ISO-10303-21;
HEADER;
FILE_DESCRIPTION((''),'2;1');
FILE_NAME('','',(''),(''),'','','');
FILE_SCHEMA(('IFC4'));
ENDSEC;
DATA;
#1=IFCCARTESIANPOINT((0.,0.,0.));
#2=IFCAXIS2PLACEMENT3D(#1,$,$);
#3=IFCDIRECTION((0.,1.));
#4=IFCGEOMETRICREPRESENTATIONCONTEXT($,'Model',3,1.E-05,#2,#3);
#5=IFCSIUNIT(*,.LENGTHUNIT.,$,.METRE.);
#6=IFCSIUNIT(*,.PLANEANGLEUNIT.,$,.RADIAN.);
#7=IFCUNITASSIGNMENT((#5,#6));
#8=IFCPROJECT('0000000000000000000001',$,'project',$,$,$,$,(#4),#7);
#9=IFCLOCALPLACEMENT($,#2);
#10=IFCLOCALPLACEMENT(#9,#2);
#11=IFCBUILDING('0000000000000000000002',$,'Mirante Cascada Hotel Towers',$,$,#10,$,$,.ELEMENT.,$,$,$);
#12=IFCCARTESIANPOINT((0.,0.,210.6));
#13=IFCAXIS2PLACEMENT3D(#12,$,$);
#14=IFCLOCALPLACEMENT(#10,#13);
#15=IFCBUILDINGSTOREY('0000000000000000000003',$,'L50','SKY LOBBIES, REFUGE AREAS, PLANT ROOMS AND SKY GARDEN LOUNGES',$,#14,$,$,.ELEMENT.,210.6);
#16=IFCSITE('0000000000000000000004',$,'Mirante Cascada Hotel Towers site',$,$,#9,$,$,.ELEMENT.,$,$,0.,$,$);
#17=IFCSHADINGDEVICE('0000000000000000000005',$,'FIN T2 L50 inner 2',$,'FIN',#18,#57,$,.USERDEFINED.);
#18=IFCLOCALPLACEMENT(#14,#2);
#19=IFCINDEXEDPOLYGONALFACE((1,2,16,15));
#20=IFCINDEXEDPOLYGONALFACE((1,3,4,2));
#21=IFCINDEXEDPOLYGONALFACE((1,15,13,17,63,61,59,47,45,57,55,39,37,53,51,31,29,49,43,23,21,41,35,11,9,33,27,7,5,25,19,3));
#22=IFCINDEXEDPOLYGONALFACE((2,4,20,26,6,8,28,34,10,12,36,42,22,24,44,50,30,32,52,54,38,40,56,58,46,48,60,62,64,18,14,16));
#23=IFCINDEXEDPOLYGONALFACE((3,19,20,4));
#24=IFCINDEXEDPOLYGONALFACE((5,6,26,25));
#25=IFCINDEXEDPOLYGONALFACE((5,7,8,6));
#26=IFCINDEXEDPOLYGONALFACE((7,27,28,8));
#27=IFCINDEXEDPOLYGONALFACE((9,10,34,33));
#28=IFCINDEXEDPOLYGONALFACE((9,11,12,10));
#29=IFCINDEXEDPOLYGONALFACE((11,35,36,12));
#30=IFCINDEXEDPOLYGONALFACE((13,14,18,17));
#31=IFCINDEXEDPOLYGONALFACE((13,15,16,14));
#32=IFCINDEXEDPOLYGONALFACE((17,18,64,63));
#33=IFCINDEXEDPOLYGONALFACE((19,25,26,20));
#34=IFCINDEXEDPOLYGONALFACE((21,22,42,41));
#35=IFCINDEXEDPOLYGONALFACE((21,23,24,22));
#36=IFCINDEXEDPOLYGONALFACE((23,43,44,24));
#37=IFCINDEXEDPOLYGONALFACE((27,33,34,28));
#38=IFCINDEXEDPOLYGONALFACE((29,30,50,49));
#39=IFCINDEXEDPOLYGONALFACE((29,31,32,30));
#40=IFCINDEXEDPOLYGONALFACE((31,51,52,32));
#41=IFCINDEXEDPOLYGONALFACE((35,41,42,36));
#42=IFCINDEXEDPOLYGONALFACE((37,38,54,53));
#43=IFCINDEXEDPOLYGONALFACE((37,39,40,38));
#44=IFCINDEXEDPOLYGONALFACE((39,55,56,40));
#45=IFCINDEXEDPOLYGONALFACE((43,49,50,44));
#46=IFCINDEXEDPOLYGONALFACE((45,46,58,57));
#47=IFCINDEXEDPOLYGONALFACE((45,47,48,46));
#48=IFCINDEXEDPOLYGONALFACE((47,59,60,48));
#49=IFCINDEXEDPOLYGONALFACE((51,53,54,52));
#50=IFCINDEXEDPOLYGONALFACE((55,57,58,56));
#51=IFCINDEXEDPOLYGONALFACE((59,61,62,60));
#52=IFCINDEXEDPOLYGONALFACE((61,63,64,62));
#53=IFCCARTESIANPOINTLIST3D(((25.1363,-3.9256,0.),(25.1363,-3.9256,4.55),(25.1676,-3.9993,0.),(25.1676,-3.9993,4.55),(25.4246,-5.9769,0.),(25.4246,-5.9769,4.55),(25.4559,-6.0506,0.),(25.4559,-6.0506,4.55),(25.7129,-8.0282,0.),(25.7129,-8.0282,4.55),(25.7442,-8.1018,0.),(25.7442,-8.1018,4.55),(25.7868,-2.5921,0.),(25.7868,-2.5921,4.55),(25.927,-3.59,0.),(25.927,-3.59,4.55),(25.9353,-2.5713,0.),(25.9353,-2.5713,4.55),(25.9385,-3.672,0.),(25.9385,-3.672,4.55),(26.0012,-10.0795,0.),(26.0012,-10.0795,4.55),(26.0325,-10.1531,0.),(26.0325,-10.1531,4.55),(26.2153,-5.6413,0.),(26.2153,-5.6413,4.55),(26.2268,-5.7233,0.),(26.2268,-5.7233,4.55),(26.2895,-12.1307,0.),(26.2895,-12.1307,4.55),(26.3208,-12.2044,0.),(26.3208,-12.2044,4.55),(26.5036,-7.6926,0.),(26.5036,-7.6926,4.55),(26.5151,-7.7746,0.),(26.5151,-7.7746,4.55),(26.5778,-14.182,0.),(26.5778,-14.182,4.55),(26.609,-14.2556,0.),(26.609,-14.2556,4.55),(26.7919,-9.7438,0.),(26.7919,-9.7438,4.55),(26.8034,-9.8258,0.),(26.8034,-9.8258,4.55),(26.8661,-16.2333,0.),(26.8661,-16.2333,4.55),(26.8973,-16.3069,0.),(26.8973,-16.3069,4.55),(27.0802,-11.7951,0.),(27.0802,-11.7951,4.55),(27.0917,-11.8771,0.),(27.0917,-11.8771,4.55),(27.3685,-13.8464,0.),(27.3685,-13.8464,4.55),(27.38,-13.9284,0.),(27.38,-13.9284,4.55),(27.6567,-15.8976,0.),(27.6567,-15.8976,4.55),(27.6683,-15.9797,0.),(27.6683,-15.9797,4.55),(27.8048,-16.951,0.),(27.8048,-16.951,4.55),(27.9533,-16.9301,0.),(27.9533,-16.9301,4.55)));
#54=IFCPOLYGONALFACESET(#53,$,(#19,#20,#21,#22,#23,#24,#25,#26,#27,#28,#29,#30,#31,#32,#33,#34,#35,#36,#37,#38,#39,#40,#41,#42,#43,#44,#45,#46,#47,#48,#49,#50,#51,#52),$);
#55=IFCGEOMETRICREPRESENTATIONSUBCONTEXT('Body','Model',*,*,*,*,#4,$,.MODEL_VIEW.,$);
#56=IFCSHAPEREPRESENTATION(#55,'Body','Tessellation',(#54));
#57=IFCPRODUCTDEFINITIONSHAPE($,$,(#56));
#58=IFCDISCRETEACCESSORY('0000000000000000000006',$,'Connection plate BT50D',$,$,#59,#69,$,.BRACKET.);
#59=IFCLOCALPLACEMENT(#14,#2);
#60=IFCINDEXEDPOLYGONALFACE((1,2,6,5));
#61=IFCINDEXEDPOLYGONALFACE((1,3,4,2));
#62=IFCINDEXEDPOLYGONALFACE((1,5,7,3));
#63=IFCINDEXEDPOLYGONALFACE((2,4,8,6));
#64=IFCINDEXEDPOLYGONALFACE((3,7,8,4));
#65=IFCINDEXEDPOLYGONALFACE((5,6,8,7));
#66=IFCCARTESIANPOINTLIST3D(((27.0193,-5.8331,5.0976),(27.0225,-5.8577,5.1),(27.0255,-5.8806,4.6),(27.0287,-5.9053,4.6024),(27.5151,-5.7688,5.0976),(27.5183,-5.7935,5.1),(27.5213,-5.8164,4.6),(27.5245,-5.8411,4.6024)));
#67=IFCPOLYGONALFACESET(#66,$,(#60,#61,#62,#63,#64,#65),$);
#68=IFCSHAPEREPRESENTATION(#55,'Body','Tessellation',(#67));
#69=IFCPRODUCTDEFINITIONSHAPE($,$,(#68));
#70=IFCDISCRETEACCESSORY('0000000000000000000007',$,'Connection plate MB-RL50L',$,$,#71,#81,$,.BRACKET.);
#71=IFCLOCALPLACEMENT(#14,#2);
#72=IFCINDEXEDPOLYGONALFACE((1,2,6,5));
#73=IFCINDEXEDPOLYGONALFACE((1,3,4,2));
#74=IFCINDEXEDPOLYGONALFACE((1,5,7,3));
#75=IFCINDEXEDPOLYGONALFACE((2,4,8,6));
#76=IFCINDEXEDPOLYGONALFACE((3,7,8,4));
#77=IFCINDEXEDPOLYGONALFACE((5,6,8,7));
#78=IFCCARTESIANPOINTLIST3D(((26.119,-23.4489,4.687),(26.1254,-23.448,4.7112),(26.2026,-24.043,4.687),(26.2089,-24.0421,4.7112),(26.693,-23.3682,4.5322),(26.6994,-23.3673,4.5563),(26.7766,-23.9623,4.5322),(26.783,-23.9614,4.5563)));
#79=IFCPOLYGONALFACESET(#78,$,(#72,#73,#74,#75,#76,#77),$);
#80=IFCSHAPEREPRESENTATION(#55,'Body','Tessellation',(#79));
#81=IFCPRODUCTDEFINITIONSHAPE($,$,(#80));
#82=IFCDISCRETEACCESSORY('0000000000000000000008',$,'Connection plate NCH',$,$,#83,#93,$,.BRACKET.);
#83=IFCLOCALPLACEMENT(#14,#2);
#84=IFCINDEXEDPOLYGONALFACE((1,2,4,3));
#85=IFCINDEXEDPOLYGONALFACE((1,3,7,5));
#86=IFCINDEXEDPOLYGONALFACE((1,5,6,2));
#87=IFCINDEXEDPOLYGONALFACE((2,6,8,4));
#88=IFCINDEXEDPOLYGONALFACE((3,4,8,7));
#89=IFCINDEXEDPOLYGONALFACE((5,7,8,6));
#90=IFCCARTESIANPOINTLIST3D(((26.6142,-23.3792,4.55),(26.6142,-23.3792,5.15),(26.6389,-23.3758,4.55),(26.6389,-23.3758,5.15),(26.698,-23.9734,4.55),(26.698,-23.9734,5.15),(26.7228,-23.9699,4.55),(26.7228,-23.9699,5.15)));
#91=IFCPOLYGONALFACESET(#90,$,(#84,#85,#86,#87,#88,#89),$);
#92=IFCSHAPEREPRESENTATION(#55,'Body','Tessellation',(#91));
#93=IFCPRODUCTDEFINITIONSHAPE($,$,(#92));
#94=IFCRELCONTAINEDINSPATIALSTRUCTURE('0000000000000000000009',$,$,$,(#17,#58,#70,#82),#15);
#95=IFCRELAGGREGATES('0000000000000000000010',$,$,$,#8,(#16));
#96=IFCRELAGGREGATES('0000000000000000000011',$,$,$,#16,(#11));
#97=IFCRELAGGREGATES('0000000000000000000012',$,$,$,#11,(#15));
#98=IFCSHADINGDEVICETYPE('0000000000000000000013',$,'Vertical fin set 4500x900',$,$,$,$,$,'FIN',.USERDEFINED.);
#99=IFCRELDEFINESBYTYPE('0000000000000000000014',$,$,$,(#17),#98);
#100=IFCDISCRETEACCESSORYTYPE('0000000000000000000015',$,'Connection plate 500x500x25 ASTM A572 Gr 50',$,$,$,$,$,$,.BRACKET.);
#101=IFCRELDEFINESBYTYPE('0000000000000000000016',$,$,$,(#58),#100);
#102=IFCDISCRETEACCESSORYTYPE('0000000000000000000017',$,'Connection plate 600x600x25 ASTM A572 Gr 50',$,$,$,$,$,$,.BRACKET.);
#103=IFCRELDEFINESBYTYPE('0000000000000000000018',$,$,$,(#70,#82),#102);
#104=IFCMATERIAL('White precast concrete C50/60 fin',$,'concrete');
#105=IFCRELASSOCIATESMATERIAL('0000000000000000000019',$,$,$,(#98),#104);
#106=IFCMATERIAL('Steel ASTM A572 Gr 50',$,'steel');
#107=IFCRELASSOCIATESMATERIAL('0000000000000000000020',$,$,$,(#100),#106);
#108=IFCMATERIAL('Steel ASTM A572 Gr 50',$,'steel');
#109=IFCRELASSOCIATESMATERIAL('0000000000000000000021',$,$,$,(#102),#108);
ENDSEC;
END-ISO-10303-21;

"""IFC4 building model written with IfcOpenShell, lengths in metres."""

from ifc_helpers import new_model, si_unit, direction, frame, origin, origin_2d, place, context, subcontext, project, spatial, polyline, rectangle, outline, extrude, material, material_profile, profile_set, type_object, element, save


model = new_model("IFC4")

# Units and contexts
model_context = context("Model", 3, precision=1e-05, world=origin(), true_north=direction((0.0, 1.0)))
body_context = subcontext(model_context, "Body", "Model", "MODEL_VIEW")
ifc_project = project(units=[si_unit("LENGTHUNIT", "METRE"), si_unit("PLANEANGLEUNIT", "RADIAN")], contexts=[model_context])

# Site, building, storey
site_placement = place(None, origin())
site = spatial("IfcSite", under=ifc_project, at=site_placement, Name="Mirante Cascada Hotel Towers site", CompositionType="ELEMENT", RefElevation=0.0)
building_placement = place(site_placement, origin())
building = spatial("IfcBuilding", under=site, at=building_placement, Name="Mirante Cascada Hotel Towers", CompositionType="ELEMENT")
storey_placement = place(building_placement, frame((0.0, 0.0, 210.6)))
storey = spatial("IfcBuildingStorey", under=building, at=storey_placement, Name="L50", Description="SKY LOBBIES, REFUGE AREAS, PLANT ROOMS AND SKY GARDEN LOUNGES", CompositionType="ELEMENT", Elevation=210.6)

# Shading device
ifc_material_1 = material(Name="White precast concrete C50/60 fin", Category="concrete")
shading_device_type = type_object("IfcShadingDeviceType", Name="Vertical fin set 4500x900", ElementType="FIN", PredefinedType="USERDEFINED", material=ifc_material_1)
shading_device_1_placement = place(storey_placement, origin())
element("IfcShadingDevice", 1, at=shading_device_1_placement, inside=storey, type_object=shading_device_type, Name="FIN T2 L50 inner 2", ObjectType="FIN", PredefinedType="USERDEFINED", context=body_context, shape_type="SweptSolid", body=[
    extrude(outline(polyline([(26.8661, -16.2333), (27.6567, -15.8976), (27.38, -13.9284), (26.609, -14.2556), (26.5778, -14.182), (27.3685, -13.8464), (27.0917, -11.8771), (26.3208, -12.2044), (26.2895, -12.1307), (27.0802, -11.7951), (26.8034, -9.8258), (26.0325, -10.1531), (26.0012, -10.0795), (26.7919, -9.7438), (26.5151, -7.7746), (25.7442, -8.1018), (25.7129, -8.0282), (26.5036, -7.6926), (26.2268, -5.7233), (25.4559, -6.0506), (25.4246, -5.9769), (26.2153, -5.6413), (25.9385, -3.672), (25.1676, -3.9993), (25.1363, -3.9256), (25.927, -3.59), (25.7868, -2.5921), (25.9353, -2.5713), (27.9533, -16.9301), (27.8048, -16.951), (27.6683, -15.9797), (26.8973, -16.3069), (26.8661, -16.2333)])), origin(), (0.0, 0.0, 1.0), 4.55),
])

# Discrete accessories
ifc_material_2 = material(Name="Steel ASTM A572 Gr 50", Category="steel")
ifc_material_profile_1 = material_profile(ifc_material_2, rectangle(XDim=0.5, YDim=0.5, at=origin_2d()), Name="Connection plate 500x500x25 ASTM A572 Gr 50")
ifc_profile_set_1 = profile_set([ifc_material_profile_1], Name="Steel ASTM A572 Gr 50")
discrete_accessory_type_1 = type_object("IfcDiscreteAccessoryType", Name="Connection plate 500x500x25 ASTM A572 Gr 50", PredefinedType="BRACKET", material=ifc_profile_set_1)
discrete_accessory_placement = place(storey_placement, frame((27.2735, -5.8494, 4.8512), z_axis=(-0.127888, 0.98714, -0.095916), x_axis=(-0.991712, -0.128481, 0.0)))
element("IfcDiscreteAccessory", 2, at=discrete_accessory_placement, inside=storey, type_object=discrete_accessory_type_1, Name="Connection plate BT50D", PredefinedType="BRACKET", context=body_context, shape_type="SweptSolid", body=[
    extrude(rectangle(XDim=0.5, YDim=0.5, at=origin_2d()), origin(), (0.0, 0.0, 1.0), 0.025),
])
ifc_material_3 = material(Name="Steel ASTM A572 Gr 50", Category="steel")
ifc_material_profile_2 = material_profile(ifc_material_3, rectangle(XDim=0.6, YDim=0.6, at=origin_2d()), Name="Connection plate 600x600x25 ASTM A572 Gr 50")
ifc_profile_set_2 = profile_set([ifc_material_profile_2], Name="Steel ASTM A572 Gr 50")
discrete_accessory_type_2 = type_object("IfcDiscreteAccessoryType", Name="Connection plate 600x600x25 ASTM A572 Gr 50", PredefinedType="BRACKET", material=ifc_profile_set_2)
for number, where, z_axis, x_axis, name in (
    (3, (26.4478, -23.7056, 4.6096), (0.255508, 0.035931, 0.966139), (-0.139255, 0.990257, 0.0), "Connection plate MB-RL50L"),
    (4, (26.6561, -23.6763, 4.85), (0.990188, 0.139744, 0.0), (-0.139744, 0.990188, 0.0), "Connection plate NCH"),
):
    element("IfcDiscreteAccessory", number, at=place(storey_placement, frame(where, z_axis=z_axis, x_axis=x_axis)), inside=storey, type_object=discrete_accessory_type_2, Name=name, PredefinedType="BRACKET", context=body_context, shape_type="SweptSolid", body=[
        extrude(rectangle(XDim=0.6, YDim=0.6, at=origin_2d()), origin(), (0.0, 0.0, 1.0), 0.025),
    ])

save(model, "model.ifc")
